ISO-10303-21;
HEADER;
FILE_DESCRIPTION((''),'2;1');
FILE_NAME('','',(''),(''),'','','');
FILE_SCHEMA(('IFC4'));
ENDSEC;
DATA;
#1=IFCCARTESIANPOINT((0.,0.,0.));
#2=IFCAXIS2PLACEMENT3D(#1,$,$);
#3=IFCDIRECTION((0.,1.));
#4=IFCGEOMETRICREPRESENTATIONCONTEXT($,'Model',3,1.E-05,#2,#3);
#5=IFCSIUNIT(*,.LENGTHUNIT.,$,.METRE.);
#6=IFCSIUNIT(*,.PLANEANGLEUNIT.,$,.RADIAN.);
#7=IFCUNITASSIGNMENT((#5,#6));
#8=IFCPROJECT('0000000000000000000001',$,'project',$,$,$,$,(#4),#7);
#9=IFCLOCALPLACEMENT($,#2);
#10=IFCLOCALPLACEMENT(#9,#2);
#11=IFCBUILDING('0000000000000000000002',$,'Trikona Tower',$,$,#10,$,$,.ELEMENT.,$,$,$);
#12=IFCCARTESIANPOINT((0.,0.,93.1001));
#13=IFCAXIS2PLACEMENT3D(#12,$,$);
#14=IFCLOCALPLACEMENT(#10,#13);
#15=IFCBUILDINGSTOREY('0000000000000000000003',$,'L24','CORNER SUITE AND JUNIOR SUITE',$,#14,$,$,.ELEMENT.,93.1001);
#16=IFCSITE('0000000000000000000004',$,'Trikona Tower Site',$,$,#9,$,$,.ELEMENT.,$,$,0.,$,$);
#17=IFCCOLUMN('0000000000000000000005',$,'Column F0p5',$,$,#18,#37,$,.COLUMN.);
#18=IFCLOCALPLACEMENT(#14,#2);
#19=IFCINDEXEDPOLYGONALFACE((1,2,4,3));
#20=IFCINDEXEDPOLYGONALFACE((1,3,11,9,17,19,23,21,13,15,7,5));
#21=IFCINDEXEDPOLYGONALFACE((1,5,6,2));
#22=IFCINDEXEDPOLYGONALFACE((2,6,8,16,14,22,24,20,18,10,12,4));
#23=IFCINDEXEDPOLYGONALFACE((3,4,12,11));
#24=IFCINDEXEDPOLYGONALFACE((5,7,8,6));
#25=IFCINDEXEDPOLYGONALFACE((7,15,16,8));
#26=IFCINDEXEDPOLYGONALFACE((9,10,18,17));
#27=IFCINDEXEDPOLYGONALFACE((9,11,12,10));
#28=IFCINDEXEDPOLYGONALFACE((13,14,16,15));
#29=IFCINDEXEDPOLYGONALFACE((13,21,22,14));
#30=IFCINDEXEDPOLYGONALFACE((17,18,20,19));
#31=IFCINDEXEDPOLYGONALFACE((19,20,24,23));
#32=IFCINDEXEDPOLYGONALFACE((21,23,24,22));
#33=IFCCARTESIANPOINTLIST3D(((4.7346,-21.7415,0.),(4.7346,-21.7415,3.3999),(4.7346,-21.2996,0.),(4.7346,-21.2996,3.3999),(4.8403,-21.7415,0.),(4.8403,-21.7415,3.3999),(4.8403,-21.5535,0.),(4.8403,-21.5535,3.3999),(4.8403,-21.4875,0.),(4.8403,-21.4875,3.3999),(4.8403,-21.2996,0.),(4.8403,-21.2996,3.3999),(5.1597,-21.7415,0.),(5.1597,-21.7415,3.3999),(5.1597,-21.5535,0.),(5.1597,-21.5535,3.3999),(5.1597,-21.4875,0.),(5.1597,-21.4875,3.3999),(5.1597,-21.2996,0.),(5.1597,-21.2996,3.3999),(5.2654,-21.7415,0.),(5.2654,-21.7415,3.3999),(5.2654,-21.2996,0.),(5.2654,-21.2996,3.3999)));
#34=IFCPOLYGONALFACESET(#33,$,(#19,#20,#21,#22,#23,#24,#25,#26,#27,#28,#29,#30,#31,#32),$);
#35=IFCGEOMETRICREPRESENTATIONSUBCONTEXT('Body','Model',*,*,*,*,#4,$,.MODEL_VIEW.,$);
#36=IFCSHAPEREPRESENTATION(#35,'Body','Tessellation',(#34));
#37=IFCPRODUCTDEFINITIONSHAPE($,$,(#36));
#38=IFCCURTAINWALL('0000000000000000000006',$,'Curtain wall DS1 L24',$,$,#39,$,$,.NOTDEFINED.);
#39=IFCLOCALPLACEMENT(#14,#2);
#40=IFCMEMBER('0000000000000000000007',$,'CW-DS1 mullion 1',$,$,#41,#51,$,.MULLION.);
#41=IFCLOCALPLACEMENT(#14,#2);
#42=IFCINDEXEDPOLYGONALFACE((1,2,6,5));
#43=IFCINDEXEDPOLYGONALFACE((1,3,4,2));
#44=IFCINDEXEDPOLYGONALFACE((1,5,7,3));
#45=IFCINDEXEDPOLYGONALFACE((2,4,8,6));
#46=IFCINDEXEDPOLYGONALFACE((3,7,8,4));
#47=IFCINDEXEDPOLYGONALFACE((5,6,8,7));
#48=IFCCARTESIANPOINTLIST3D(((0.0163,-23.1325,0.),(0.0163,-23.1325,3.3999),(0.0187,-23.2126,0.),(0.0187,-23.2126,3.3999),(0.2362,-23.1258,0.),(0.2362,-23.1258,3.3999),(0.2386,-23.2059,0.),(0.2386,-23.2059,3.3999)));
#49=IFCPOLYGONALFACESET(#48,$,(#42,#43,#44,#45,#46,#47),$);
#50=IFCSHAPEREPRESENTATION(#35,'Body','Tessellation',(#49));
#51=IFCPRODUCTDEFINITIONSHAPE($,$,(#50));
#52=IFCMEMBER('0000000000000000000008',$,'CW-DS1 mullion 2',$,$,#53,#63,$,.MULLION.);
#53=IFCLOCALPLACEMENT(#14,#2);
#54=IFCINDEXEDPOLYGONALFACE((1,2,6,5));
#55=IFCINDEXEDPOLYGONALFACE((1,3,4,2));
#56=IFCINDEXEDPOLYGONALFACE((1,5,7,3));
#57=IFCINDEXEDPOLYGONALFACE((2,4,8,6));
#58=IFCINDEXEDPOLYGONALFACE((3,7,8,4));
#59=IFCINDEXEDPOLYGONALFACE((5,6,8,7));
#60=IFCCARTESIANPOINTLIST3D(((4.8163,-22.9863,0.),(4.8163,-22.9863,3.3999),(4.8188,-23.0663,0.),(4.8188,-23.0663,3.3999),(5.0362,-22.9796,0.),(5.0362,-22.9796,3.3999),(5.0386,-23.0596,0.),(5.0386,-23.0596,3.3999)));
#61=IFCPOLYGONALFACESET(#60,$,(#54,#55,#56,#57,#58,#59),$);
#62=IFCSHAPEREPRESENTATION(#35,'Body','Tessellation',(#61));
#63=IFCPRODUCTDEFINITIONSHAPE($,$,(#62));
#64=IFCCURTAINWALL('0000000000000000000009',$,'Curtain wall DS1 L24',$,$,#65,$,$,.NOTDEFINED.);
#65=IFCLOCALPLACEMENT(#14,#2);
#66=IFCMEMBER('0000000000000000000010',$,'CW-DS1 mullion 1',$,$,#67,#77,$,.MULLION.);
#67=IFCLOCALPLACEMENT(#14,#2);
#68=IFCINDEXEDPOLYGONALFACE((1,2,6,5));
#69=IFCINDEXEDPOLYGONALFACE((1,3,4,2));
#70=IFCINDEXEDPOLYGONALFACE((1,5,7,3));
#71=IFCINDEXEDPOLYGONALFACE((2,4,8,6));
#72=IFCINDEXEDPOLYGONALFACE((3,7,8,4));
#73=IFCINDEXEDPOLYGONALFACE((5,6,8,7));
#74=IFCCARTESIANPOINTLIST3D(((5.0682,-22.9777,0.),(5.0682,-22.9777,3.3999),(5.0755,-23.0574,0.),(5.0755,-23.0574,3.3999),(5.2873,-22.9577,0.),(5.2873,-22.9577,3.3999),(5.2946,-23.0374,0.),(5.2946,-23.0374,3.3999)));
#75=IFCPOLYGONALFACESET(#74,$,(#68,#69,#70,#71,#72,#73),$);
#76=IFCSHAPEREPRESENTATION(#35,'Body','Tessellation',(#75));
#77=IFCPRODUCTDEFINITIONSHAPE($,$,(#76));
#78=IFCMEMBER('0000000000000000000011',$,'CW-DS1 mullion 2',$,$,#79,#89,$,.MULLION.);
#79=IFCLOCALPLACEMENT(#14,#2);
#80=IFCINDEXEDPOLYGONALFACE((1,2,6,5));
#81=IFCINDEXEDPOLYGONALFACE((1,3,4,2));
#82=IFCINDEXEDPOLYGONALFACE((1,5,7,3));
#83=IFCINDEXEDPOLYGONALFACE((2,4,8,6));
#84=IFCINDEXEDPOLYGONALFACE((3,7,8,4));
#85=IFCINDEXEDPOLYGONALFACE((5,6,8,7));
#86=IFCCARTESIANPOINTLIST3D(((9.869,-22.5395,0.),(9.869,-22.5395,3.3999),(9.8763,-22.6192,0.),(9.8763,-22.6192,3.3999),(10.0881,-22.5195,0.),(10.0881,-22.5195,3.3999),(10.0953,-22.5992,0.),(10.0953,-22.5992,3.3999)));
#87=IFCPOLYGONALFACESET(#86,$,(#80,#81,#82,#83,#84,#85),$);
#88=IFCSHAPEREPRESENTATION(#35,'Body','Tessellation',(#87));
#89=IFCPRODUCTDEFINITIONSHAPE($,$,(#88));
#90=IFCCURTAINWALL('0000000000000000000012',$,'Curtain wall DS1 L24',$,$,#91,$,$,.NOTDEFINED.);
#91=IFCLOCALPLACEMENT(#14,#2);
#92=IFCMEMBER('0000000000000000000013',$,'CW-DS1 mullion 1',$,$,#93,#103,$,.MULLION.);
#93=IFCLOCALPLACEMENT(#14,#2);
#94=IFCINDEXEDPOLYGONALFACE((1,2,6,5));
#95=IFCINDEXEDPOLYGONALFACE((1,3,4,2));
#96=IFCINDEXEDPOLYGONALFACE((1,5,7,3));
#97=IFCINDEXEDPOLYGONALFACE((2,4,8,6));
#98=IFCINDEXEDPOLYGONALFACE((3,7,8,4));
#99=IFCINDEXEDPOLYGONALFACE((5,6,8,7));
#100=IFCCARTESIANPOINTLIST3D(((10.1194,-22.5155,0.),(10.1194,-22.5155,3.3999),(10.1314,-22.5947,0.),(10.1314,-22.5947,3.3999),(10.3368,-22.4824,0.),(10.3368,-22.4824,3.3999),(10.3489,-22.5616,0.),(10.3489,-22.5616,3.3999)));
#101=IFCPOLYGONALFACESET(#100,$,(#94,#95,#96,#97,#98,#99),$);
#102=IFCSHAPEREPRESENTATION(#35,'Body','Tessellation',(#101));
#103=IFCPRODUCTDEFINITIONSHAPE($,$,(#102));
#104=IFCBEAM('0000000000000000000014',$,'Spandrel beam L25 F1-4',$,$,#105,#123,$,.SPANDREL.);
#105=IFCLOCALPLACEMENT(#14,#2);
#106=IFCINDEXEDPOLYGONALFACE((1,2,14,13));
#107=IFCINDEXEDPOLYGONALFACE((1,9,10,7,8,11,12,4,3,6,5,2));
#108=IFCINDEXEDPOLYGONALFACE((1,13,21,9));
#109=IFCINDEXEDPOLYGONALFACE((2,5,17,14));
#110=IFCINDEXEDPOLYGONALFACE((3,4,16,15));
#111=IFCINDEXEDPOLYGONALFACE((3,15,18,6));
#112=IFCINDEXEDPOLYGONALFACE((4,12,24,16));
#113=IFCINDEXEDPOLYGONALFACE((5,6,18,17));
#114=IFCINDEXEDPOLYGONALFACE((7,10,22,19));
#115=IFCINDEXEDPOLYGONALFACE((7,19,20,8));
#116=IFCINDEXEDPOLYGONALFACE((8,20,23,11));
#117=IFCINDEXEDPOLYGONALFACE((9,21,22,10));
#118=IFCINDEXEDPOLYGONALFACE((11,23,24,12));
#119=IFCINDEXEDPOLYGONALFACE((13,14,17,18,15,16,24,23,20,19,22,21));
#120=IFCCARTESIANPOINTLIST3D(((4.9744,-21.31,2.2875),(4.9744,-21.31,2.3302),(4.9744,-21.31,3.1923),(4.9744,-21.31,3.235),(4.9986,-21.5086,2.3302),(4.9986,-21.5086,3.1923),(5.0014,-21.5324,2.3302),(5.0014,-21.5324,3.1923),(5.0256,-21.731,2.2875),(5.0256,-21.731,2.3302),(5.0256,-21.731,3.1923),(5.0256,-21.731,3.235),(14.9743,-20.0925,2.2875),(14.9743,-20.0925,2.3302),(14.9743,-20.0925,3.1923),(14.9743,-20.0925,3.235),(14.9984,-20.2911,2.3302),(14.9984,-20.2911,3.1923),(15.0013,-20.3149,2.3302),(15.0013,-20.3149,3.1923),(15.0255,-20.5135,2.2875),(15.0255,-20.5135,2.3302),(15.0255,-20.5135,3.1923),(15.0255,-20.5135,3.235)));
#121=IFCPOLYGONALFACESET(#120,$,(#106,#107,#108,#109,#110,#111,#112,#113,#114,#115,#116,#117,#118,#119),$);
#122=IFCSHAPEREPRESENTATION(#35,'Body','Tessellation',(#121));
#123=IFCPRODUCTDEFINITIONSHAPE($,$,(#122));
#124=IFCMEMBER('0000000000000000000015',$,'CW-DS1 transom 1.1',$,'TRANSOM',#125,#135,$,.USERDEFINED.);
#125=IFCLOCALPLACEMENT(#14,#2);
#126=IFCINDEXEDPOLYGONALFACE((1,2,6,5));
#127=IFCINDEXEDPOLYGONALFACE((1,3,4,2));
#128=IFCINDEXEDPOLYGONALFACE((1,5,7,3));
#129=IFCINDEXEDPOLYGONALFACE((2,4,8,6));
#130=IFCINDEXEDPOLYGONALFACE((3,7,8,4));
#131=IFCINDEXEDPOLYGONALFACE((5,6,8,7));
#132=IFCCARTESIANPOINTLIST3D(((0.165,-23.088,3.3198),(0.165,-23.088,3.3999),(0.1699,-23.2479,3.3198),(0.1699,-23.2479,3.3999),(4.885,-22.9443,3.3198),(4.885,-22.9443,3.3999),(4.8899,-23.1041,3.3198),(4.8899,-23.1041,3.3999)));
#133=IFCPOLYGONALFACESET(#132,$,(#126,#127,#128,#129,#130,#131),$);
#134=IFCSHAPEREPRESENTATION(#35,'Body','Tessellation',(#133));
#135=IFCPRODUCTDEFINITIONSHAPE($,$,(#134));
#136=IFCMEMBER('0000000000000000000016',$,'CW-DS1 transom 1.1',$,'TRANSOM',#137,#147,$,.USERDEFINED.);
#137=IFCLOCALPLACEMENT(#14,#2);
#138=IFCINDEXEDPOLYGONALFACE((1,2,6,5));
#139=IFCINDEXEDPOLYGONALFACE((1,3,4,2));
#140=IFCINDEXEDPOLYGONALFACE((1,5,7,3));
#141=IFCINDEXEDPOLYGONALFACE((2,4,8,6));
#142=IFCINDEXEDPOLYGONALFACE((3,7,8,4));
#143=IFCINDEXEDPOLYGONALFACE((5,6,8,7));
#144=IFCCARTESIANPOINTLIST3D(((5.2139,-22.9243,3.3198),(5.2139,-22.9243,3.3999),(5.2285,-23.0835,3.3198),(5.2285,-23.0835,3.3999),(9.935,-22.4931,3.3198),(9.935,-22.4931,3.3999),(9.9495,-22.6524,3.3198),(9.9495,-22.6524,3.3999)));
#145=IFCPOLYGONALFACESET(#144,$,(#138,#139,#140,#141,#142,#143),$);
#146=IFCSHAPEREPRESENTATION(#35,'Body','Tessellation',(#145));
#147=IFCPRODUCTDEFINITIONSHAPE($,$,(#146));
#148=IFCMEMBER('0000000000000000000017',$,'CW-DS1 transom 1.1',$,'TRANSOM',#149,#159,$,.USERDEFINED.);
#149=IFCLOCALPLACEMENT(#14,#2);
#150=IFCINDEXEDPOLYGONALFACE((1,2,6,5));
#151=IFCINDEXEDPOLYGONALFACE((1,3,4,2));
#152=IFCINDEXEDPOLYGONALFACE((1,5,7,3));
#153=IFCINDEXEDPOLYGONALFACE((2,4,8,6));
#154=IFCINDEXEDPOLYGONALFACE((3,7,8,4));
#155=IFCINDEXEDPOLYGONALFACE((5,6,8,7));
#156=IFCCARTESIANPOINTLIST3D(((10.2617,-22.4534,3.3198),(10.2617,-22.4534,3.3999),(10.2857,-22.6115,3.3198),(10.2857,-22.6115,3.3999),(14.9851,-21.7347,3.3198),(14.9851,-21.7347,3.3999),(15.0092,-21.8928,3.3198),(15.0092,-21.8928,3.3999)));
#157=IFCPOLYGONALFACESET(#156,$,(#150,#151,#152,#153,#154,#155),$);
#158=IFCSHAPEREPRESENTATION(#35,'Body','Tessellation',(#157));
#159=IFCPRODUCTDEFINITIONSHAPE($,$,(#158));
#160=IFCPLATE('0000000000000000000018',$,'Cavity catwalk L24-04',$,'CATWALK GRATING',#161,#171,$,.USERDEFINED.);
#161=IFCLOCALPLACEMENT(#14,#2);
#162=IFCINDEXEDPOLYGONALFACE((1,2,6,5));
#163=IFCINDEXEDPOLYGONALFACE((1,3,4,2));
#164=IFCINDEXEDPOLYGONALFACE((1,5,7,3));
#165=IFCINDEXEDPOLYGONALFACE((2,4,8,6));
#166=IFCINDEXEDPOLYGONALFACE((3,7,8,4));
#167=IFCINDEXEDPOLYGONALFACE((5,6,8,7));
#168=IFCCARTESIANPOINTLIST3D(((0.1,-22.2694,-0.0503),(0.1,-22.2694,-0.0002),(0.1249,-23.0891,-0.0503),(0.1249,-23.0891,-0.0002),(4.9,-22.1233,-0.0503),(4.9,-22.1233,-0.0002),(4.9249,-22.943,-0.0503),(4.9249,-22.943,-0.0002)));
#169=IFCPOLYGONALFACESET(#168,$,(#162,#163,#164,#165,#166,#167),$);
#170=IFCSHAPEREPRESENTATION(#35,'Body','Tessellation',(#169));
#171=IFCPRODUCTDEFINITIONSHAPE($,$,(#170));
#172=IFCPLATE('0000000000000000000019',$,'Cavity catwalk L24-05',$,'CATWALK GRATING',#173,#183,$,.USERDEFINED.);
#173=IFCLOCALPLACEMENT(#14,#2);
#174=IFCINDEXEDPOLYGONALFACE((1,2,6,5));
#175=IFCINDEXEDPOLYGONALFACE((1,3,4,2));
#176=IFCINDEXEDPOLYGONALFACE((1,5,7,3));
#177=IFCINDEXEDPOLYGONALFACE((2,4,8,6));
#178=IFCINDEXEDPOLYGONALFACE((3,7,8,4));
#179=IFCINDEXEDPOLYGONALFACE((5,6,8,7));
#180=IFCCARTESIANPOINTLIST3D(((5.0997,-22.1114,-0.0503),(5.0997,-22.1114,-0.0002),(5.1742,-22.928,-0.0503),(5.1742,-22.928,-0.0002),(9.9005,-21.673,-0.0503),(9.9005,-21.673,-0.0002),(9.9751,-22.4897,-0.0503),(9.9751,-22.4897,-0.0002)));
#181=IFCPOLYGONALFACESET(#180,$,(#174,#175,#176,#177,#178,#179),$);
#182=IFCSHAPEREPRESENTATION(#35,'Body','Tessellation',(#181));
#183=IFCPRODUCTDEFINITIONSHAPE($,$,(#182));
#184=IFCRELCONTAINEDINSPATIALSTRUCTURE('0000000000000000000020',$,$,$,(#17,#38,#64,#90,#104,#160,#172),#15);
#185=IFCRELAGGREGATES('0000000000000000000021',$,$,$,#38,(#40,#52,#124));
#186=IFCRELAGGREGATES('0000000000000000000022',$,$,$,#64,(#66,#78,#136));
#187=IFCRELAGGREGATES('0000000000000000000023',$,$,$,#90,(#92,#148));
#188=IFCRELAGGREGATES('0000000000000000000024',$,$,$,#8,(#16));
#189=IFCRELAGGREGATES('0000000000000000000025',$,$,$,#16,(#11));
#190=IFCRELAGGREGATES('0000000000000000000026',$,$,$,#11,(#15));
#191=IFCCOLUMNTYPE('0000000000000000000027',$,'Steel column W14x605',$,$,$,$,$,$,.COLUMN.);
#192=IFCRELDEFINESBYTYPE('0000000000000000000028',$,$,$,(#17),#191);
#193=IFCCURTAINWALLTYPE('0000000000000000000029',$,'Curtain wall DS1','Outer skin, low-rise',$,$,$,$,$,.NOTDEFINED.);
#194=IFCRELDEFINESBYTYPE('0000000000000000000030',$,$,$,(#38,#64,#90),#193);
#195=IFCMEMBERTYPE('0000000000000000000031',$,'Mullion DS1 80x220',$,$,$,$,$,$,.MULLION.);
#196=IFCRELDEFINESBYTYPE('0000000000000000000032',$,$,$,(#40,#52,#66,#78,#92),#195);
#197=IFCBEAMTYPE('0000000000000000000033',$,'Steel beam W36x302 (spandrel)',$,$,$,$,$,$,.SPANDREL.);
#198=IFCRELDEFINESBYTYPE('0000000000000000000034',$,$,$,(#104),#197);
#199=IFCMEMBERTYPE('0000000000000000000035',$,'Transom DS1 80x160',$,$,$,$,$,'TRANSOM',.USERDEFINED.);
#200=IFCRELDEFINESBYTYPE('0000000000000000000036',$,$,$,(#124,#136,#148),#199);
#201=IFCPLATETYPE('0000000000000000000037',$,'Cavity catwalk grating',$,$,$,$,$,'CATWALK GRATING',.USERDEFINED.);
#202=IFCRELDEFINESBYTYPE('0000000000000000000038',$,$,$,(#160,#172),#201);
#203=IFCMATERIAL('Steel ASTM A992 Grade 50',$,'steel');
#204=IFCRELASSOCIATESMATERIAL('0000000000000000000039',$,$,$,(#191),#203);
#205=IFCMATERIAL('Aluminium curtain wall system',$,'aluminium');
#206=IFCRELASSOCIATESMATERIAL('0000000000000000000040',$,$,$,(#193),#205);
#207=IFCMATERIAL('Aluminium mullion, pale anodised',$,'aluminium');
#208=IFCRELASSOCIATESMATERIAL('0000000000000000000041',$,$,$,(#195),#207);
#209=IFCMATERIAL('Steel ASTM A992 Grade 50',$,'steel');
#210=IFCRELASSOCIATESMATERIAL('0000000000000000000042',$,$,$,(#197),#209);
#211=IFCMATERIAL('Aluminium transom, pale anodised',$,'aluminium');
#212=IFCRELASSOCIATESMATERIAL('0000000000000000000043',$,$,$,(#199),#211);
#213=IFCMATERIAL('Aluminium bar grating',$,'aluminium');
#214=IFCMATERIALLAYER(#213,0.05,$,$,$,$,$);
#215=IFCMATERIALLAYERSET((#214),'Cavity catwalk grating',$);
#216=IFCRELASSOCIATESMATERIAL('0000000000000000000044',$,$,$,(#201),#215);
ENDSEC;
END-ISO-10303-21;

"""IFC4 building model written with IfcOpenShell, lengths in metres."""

from ifc_helpers import new_model, si_unit, direction, frame, origin, origin_2d, place, context, subcontext, project, spatial, rectangle, i_section, extrude, material, layer, layer_set, material_profile, profile_set, type_object, element, aggregate, save


model = new_model("IFC4")

# Units and contexts
model_context = context("Model", 3, precision=1e-05, world=origin(), true_north=direction((0.0, 1.0)))
body_context = subcontext(model_context, "Body", "Model", "MODEL_VIEW")
ifc_project = project(units=[si_unit("LENGTHUNIT", "METRE"), si_unit("PLANEANGLEUNIT", "RADIAN")], contexts=[model_context])

# Site, building, storey
site_placement = place(None, origin())
site = spatial("IfcSite", under=ifc_project, at=site_placement, Name="Trikona Tower Site", CompositionType="ELEMENT", RefElevation=0.0)
building_placement = place(site_placement, origin())
building = spatial("IfcBuilding", under=site, at=building_placement, Name="Trikona Tower", CompositionType="ELEMENT")
storey_placement = place(building_placement, frame((0.0, 0.0, 93.1001)))
storey = spatial("IfcBuildingStorey", under=building, at=storey_placement, Name="L24", Description="CORNER SUITE AND JUNIOR SUITE", CompositionType="ELEMENT", Elevation=93.1001)

# Column
ifc_material_1 = material(Name="Steel ASTM A992 Grade 50", Category="steel")
ifc_material_profile_1 = material_profile(ifc_material_1, i_section(OverallWidth=0.4419, OverallDepth=0.5308, WebThickness=0.0659, FlangeThickness=0.1057, at=origin_2d()), Name="W14X605")
ifc_profile_set_1 = profile_set([ifc_material_profile_1], Name="Steel ASTM A992 Grade 50")
column_type = type_object("IfcColumnType", Name="Steel column W14x605", PredefinedType="COLUMN", material=ifc_profile_set_1)
column_placement = place(storey_placement, frame((5.0, -21.5205, 0.0), z_axis=(0.0, 0.0, 1.0), x_axis=(0.0, -1.0, 0.0)))
element("IfcColumn", 1, at=column_placement, inside=storey, type_object=column_type, Name="Column F0p5", PredefinedType="COLUMN", context=body_context, shape_type="SweptSolid", body=[
    extrude(i_section(OverallWidth=0.4419, OverallDepth=0.5308, WebThickness=0.0659, FlangeThickness=0.1057, at=origin_2d()), origin(), (0.0, 0.0, 1.0), 3.3999),
])

# Curtain walls, members
ifc_material_2 = material(Name="Aluminium curtain wall system", Category="aluminium")
curtain_wall_type = type_object("IfcCurtainWallType", Name="Curtain wall DS1", Description="Outer skin, low-rise", PredefinedType="NOTDEFINED", material=ifc_material_2)
curtain_wall_1_placement = place(storey_placement, origin())
curtain_wall_1 = element("IfcCurtainWall", 2, at=curtain_wall_1_placement, inside=storey, type_object=curtain_wall_type, Name="Curtain wall DS1 L24", PredefinedType="NOTDEFINED")
ifc_material_3 = material(Name="Aluminium mullion, pale anodised", Category="aluminium")
ifc_material_profile_2 = material_profile(ifc_material_3, rectangle(XDim=0.0801, YDim=0.22, at=origin_2d()), Name="MUL-DS1")
ifc_profile_set_2 = profile_set([ifc_material_profile_2], Name="Aluminium mullion, pale anodised")
member_type_1 = type_object("IfcMemberType", Name="Mullion DS1 80x220", PredefinedType="MULLION", material=ifc_profile_set_2)
member_1_placement = place(storey_placement, frame((0.1274, -23.1692, 0.0), z_axis=(0.0, 0.0, 1.0), x_axis=(-0.030437, 0.999537, 0.0)))
member_1 = element("IfcMember", 3, at=member_1_placement, type_object=member_type_1, Name="CW-DS1 mullion 1", PredefinedType="MULLION", context=body_context, shape_type="SweptSolid", body=[
    extrude(rectangle(XDim=0.0801, YDim=0.22, at=origin_2d()), origin(), (0.0, 0.0, 1.0), 3.3999),
])
member_2_placement = place(storey_placement, frame((4.9275, -23.0229, 0.0), z_axis=(0.0, 0.0, 1.0), x_axis=(-0.030437, 0.999537, 0.0)))
member_2 = element("IfcMember", 4, at=member_2_placement, type_object=member_type_1, Name="CW-DS1 mullion 2", PredefinedType="MULLION", context=body_context, shape_type="SweptSolid", body=[
    extrude(rectangle(XDim=0.0801, YDim=0.22, at=origin_2d()), origin(), (0.0, 0.0, 1.0), 3.3999),
])
curtain_wall_2_placement = place(storey_placement, origin())
curtain_wall_2 = element("IfcCurtainWall", 5, at=curtain_wall_2_placement, inside=storey, type_object=curtain_wall_type, Name="Curtain wall DS1 L24", PredefinedType="NOTDEFINED")
member_3_placement = place(storey_placement, frame((5.1814, -23.0076, 0.0), z_axis=(0.0, 0.0, 1.0), x_axis=(-0.090924, 0.995858, 0.0)))
member_3 = element("IfcMember", 6, at=member_3_placement, type_object=member_type_1, Name="CW-DS1 mullion 1", PredefinedType="MULLION", context=body_context, shape_type="SweptSolid", body=[
    extrude(rectangle(XDim=0.0801, YDim=0.22, at=origin_2d()), origin(), (0.0, 0.0, 1.0), 3.3999),
])
member_4_placement = place(storey_placement, frame((9.9822, -22.5693, 0.0), z_axis=(0.0, 0.0, 1.0), x_axis=(-0.090924, 0.995858, 0.0)))
member_4 = element("IfcMember", 7, at=member_4_placement, type_object=member_type_1, Name="CW-DS1 mullion 2", PredefinedType="MULLION", context=body_context, shape_type="SweptSolid", body=[
    extrude(rectangle(XDim=0.0801, YDim=0.22, at=origin_2d()), origin(), (0.0, 0.0, 1.0), 3.3999),
])

# Curtain wall, member
curtain_wall_3_placement = place(storey_placement, origin())
curtain_wall_3 = element("IfcCurtainWall", 8, at=curtain_wall_3_placement, inside=storey, type_object=curtain_wall_type, Name="Curtain wall DS1 L24", PredefinedType="NOTDEFINED")
member_5_placement = place(storey_placement, frame((10.2341, -22.5386, 0.0), z_axis=(0.0, 0.0, 1.0), x_axis=(-0.150438, 0.988619, 0.0)))
member_5 = element("IfcMember", 9, at=member_5_placement, type_object=member_type_1, Name="CW-DS1 mullion 1", PredefinedType="MULLION", context=body_context, shape_type="SweptSolid", body=[
    extrude(rectangle(XDim=0.0801, YDim=0.22, at=origin_2d()), origin(), (0.0, 0.0, 1.0), 3.3999),
])

# Beam
ifc_material_4 = material(Name="Steel ASTM A992 Grade 50", Category="steel")
ifc_material_profile_3 = material_profile(ifc_material_4, i_section(OverallWidth=0.4241, OverallDepth=0.9475, WebThickness=0.0239, FlangeThickness=0.0427, at=origin_2d()), Name="W36X302")
ifc_profile_set_3 = profile_set([ifc_material_profile_3], Name="Steel ASTM A992 Grade 50")
beam_type = type_object("IfcBeamType", Name="Steel beam W36x302 (spandrel)", PredefinedType="SPANDREL", material=ifc_profile_set_3)
beam_placement = place(storey_placement, frame((5.0, -21.5205, 2.7612), z_axis=(0.99267, 0.12086, 0.0), x_axis=(-0.12086, 0.99267, 0.0)))
element("IfcBeam", 10, at=beam_placement, inside=storey, type_object=beam_type, Name="Spandrel beam L25 F1-4", PredefinedType="SPANDREL", context=body_context, shape_type="SweptSolid", body=[
    extrude(i_section(OverallWidth=0.4241, OverallDepth=0.9475, WebThickness=0.0239, FlangeThickness=0.0427, at=origin_2d()), origin(), (0.0, 0.0, 1.0), 10.0737),
])

# Members
ifc_material_5 = material(Name="Aluminium transom, pale anodised", Category="aluminium")
ifc_material_profile_4 = material_profile(ifc_material_5, rectangle(XDim=0.1599, YDim=0.0801, at=origin_2d()), Name="TRN-DS1")
ifc_profile_set_4 = profile_set([ifc_material_profile_4], Name="Aluminium transom, pale anodised")
member_type_2 = type_object("IfcMemberType", Name="Transom DS1 80x160", ElementType="TRANSOM", PredefinedType="USERDEFINED", material=ifc_profile_set_4)
member_6_placement = place(storey_placement, frame((0.1675, -23.168, 3.3599), z_axis=(0.999536, 0.030452, 0.0), x_axis=(-0.030452, 0.999536, 0.0)))
member_6 = element("IfcMember", 11, at=member_6_placement, type_object=member_type_2, Name="CW-DS1 transom 1.1", ObjectType="TRANSOM", PredefinedType="USERDEFINED", context=body_context, shape_type="SweptSolid", body=[
    extrude(rectangle(XDim=0.1599, YDim=0.0801, at=origin_2d()), origin(), (0.0, 0.0, 1.0), 4.7222),
])
member_7_placement = place(storey_placement, frame((5.2212, -23.0039, 3.3599), z_axis=(0.995856, 0.090944, 0.0), x_axis=(-0.090944, 0.995856, 0.0)))
member_7 = element("IfcMember", 12, at=member_7_placement, type_object=member_type_2, Name="CW-DS1 transom 1.1", ObjectType="TRANSOM", PredefinedType="USERDEFINED", context=body_context, shape_type="SweptSolid", body=[
    extrude(rectangle(XDim=0.1599, YDim=0.0801, at=origin_2d()), origin(), (0.0, 0.0, 1.0), 4.7407),
])
member_8_placement = place(storey_placement, frame((10.2737, -22.5325, 3.3599), z_axis=(0.98862, 0.150437, 0.0), x_axis=(-0.150437, 0.98862, 0.0)))
member_8 = element("IfcMember", 13, at=member_8_placement, type_object=member_type_2, Name="CW-DS1 transom 1.1", ObjectType="TRANSOM", PredefinedType="USERDEFINED", context=body_context, shape_type="SweptSolid", body=[
    extrude(rectangle(XDim=0.1599, YDim=0.0801, at=origin_2d()), origin(), (0.0, 0.0, 1.0), 4.7778),
])

# Plates
ifc_material_6 = material(Name="Aluminium bar grating", Category="aluminium")
ifc_layer_1 = layer(ifc_material_6, 0.05)
ifc_layer_set_1 = layer_set([ifc_layer_1], Name="Cavity catwalk grating")
plate_type_1 = type_object("IfcPlateType", Name="Cavity catwalk grating", ElementType="CATWALK GRATING", PredefinedType="USERDEFINED", material=ifc_layer_set_1)
plate_1_placement = place(storey_placement, frame((2.5125, -22.6062, -0.0503), z_axis=(0.0, 0.0, 1.0), x_axis=(0.999537, 0.030425, 0.0)))
element("IfcPlate", 14, at=plate_1_placement, inside=storey, type_object=plate_type_1, Name="Cavity catwalk L24-04", ObjectType="CATWALK GRATING", PredefinedType="USERDEFINED", context=body_context, shape_type="SweptSolid", body=[
    extrude(rectangle(XDim=4.8022, YDim=0.8201, at=origin_2d()), origin(), (0.0, 0.0, 1.0), 0.05),
])
plate_2_placement = place(storey_placement, frame((7.5374, -22.3005, -0.0503), z_axis=(0.0, 0.0, 1.0), x_axis=(0.995858, 0.090921, 0.0)))
element("IfcPlate", 15, at=plate_2_placement, inside=storey, type_object=plate_type_1, Name="Cavity catwalk L24-05", ObjectType="CATWALK GRATING", PredefinedType="USERDEFINED", context=body_context, shape_type="SweptSolid", body=[
    extrude(rectangle(XDim=4.8208, YDim=0.8201, at=origin_2d()), origin(), (0.0, 0.0, 1.0), 0.05),
])

aggregate(curtain_wall_1, [member_1, member_2, member_6])
aggregate(curtain_wall_2, [member_3, member_4, member_7])
aggregate(curtain_wall_3, [member_5, member_8])

save(model, "model.ifc")
